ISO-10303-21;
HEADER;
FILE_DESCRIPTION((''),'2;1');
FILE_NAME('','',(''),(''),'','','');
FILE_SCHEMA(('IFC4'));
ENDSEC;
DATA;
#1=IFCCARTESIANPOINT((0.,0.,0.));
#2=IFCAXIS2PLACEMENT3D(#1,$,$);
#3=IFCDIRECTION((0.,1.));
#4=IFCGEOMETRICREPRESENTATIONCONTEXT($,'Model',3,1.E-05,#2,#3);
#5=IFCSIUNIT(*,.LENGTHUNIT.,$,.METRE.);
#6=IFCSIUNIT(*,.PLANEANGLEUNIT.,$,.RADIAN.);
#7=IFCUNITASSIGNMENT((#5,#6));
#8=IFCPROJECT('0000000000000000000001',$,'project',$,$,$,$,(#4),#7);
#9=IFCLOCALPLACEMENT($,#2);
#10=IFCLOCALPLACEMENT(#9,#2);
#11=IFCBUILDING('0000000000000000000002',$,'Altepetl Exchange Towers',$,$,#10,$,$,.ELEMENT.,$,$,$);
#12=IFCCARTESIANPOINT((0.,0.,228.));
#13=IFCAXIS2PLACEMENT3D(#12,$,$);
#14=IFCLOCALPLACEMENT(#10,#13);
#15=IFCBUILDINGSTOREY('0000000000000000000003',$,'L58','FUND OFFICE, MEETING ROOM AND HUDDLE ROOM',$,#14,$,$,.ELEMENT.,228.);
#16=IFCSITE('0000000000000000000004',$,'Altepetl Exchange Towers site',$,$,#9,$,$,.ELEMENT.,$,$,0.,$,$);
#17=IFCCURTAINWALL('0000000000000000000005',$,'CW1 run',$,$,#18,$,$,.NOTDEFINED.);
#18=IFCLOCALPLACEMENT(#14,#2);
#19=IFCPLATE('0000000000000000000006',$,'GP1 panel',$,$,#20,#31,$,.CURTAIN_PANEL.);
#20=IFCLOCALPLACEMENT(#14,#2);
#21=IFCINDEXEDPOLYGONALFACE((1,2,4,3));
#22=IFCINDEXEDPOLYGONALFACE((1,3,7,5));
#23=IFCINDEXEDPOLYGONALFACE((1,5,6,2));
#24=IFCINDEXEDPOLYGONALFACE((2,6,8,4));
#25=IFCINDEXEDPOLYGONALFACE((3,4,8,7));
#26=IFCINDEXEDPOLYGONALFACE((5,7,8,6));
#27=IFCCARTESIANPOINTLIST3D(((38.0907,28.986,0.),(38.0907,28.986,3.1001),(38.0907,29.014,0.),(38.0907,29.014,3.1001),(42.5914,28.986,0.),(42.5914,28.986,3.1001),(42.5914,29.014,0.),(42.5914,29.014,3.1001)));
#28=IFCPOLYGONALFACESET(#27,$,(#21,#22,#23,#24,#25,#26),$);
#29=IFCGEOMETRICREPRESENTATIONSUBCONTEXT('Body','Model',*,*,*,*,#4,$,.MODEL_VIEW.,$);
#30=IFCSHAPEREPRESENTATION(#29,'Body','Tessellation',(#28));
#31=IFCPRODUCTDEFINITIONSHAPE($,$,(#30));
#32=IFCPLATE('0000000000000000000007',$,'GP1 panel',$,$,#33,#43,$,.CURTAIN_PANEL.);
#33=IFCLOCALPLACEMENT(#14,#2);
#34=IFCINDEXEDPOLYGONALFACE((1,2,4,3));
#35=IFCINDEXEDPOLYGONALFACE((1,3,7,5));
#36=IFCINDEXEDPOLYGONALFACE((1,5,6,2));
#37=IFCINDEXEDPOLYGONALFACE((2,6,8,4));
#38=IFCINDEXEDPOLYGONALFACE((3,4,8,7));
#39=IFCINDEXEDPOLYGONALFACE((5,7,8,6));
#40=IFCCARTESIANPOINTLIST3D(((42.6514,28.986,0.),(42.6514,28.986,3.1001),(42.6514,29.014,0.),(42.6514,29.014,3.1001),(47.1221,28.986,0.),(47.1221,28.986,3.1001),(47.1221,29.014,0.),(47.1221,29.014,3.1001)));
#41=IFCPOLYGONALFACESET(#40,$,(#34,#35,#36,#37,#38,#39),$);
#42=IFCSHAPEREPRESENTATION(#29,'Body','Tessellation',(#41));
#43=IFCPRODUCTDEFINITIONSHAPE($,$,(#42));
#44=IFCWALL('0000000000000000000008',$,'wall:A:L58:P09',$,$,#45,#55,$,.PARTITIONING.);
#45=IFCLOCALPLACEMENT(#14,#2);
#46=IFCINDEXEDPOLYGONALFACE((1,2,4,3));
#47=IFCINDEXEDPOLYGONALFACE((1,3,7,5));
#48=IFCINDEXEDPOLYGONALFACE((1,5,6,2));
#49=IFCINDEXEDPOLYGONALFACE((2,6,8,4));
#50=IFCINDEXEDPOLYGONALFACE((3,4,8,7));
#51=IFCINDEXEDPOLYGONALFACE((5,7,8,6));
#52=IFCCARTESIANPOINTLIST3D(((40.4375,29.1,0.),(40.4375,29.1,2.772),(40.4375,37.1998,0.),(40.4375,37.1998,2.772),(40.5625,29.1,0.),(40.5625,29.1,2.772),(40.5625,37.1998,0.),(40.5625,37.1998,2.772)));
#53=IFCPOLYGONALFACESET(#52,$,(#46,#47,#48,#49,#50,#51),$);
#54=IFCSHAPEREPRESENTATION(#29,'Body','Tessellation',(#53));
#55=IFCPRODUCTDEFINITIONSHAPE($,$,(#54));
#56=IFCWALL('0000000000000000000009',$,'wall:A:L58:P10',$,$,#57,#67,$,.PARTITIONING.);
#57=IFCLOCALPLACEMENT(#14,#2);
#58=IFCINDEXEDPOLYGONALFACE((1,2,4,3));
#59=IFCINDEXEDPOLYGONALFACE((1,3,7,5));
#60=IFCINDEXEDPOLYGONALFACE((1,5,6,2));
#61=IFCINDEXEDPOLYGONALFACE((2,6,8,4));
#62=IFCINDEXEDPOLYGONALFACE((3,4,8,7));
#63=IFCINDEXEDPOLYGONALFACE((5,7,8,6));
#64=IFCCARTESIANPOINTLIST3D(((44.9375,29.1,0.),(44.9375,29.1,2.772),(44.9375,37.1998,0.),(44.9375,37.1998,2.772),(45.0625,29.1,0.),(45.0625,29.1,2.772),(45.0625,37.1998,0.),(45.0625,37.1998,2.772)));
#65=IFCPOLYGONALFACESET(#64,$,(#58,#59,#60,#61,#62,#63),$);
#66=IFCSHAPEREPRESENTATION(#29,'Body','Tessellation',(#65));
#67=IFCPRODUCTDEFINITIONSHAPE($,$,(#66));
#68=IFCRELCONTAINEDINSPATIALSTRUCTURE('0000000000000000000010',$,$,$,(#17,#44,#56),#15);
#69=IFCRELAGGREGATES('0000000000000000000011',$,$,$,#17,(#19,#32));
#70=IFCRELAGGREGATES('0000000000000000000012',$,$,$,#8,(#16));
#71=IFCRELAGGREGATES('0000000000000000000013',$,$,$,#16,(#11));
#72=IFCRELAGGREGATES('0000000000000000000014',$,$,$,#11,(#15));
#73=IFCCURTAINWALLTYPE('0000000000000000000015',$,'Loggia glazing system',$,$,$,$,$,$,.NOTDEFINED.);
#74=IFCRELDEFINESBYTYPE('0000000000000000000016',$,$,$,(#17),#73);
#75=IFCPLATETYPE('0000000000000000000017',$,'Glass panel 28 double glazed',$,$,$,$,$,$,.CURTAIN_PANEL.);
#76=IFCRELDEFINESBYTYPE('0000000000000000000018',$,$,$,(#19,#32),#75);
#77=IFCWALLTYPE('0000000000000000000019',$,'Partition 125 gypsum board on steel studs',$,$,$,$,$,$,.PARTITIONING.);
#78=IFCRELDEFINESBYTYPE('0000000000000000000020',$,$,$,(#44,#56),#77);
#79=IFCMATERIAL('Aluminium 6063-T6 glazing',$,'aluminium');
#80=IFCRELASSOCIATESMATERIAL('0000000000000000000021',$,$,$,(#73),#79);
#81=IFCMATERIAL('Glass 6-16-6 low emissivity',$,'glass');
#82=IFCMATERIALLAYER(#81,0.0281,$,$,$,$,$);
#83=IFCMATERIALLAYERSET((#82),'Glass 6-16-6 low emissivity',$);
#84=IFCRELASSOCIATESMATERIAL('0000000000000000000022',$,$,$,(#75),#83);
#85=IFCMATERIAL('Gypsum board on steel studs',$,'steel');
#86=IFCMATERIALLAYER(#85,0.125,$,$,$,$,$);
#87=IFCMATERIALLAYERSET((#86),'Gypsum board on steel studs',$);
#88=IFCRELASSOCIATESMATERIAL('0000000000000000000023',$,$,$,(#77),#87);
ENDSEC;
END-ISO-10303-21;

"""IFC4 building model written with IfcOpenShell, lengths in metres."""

from ifc_helpers import new_model, si_unit, direction, frame, frame_2d, origin, origin_2d, place, context, subcontext, project, spatial, rectangle, extrude, material, layer, layer_set, type_object, element, aggregate, save


model = new_model("IFC4")

# Units and contexts
model_context = context("Model", 3, precision=1e-05, world=origin(), true_north=direction((0.0, 1.0)))
body_context = subcontext(model_context, "Body", "Model", "MODEL_VIEW")
ifc_project = project(units=[si_unit("LENGTHUNIT", "METRE"), si_unit("PLANEANGLEUNIT", "RADIAN")], contexts=[model_context])

# Site, building, storey
site_placement = place(None, origin())
site = spatial("IfcSite", under=ifc_project, at=site_placement, Name="Altepetl Exchange Towers site", CompositionType="ELEMENT", RefElevation=0.0)
building_placement = place(site_placement, origin())
building = spatial("IfcBuilding", under=site, at=building_placement, Name="Altepetl Exchange Towers", CompositionType="ELEMENT")
storey_placement = place(building_placement, frame((0.0, 0.0, 228.0)))
storey = spatial("IfcBuildingStorey", under=building, at=storey_placement, Name="L58", Description="FUND OFFICE, MEETING ROOM AND HUDDLE ROOM", CompositionType="ELEMENT", Elevation=228.0)

# Curtain wall
ifc_material_1 = material(Name="Aluminium 6063-T6 glazing", Category="aluminium")
curtain_wall_type = type_object("IfcCurtainWallType", Name="Loggia glazing system", PredefinedType="NOTDEFINED", material=ifc_material_1)
curtain_wall_1_placement = place(storey_placement, origin())
curtain_wall_1 = element("IfcCurtainWall", 1, at=curtain_wall_1_placement, inside=storey, type_object=curtain_wall_type, Name="CW1 run", PredefinedType="NOTDEFINED")

# Plates
ifc_material_2 = material(Name="Glass 6-16-6 low emissivity", Category="glass")
ifc_layer_1 = layer(ifc_material_2, 0.0281)
ifc_layer_set_1 = layer_set([ifc_layer_1], Name="Glass 6-16-6 low emissivity")
plate_type = type_object("IfcPlateType", Name="Glass panel 28 double glazed", PredefinedType="CURTAIN_PANEL", material=ifc_layer_set_1)
plate_1_placement = place(storey_placement, frame((40.3411, 29.0, 0.0)))
plate_1 = element("IfcPlate", 2, at=plate_1_placement, type_object=plate_type, Name="GP1 panel", PredefinedType="CURTAIN_PANEL", context=body_context, shape_type="SweptSolid", body=[
    extrude(rectangle(XDim=4.5007, YDim=0.0281, at=origin_2d()), origin(), (0.0, 0.0, 1.0), 3.1001),
])
plate_2_placement = place(storey_placement, frame((44.8867, 29.0, 0.0)))
plate_2 = element("IfcPlate", 3, at=plate_2_placement, type_object=plate_type, Name="GP1 panel", PredefinedType="CURTAIN_PANEL", context=body_context, shape_type="SweptSolid", body=[
    extrude(rectangle(XDim=4.4707, YDim=0.0281, at=origin_2d()), origin(), (0.0, 0.0, 1.0), 3.1001),
])
aggregate(curtain_wall_1, [plate_1, plate_2])

# Walls
ifc_material_3 = material(Name="Gypsum board on steel studs", Category="steel")
ifc_layer_2 = layer(ifc_material_3, 0.125)
ifc_layer_set_2 = layer_set([ifc_layer_2], Name="Gypsum board on steel studs")
wall_type_1 = type_object("IfcWallType", Name="Partition 125 gypsum board on steel studs", PredefinedType="PARTITIONING", material=ifc_layer_set_2)
for number, where, z_axis, x_axis, name in (
    (4, (40.5, 29.1001, 0.0), (0.0, 0.0, 1.0), (0.0, 1.0, 0.0), "wall:A:L58:P09"),
    (5, (45.0, 29.1001, 0.0), (0.0, 0.0, 1.0), (0.0, 1.0, 0.0), "wall:A:L58:P10"),
):
    element("IfcWall", number, at=place(storey_placement, frame(where, z_axis=z_axis, x_axis=x_axis)), inside=storey, type_object=wall_type_1, Name=name, PredefinedType="PARTITIONING", context=body_context, shape_type="SweptSolid", body=[
        extrude(rectangle(XDim=8.0999, YDim=0.125, at=frame_2d((4.0498, 0.0))), origin(), (0.0, 0.0, 1.0), 2.772),
    ])

save(model, "model.ifc")
